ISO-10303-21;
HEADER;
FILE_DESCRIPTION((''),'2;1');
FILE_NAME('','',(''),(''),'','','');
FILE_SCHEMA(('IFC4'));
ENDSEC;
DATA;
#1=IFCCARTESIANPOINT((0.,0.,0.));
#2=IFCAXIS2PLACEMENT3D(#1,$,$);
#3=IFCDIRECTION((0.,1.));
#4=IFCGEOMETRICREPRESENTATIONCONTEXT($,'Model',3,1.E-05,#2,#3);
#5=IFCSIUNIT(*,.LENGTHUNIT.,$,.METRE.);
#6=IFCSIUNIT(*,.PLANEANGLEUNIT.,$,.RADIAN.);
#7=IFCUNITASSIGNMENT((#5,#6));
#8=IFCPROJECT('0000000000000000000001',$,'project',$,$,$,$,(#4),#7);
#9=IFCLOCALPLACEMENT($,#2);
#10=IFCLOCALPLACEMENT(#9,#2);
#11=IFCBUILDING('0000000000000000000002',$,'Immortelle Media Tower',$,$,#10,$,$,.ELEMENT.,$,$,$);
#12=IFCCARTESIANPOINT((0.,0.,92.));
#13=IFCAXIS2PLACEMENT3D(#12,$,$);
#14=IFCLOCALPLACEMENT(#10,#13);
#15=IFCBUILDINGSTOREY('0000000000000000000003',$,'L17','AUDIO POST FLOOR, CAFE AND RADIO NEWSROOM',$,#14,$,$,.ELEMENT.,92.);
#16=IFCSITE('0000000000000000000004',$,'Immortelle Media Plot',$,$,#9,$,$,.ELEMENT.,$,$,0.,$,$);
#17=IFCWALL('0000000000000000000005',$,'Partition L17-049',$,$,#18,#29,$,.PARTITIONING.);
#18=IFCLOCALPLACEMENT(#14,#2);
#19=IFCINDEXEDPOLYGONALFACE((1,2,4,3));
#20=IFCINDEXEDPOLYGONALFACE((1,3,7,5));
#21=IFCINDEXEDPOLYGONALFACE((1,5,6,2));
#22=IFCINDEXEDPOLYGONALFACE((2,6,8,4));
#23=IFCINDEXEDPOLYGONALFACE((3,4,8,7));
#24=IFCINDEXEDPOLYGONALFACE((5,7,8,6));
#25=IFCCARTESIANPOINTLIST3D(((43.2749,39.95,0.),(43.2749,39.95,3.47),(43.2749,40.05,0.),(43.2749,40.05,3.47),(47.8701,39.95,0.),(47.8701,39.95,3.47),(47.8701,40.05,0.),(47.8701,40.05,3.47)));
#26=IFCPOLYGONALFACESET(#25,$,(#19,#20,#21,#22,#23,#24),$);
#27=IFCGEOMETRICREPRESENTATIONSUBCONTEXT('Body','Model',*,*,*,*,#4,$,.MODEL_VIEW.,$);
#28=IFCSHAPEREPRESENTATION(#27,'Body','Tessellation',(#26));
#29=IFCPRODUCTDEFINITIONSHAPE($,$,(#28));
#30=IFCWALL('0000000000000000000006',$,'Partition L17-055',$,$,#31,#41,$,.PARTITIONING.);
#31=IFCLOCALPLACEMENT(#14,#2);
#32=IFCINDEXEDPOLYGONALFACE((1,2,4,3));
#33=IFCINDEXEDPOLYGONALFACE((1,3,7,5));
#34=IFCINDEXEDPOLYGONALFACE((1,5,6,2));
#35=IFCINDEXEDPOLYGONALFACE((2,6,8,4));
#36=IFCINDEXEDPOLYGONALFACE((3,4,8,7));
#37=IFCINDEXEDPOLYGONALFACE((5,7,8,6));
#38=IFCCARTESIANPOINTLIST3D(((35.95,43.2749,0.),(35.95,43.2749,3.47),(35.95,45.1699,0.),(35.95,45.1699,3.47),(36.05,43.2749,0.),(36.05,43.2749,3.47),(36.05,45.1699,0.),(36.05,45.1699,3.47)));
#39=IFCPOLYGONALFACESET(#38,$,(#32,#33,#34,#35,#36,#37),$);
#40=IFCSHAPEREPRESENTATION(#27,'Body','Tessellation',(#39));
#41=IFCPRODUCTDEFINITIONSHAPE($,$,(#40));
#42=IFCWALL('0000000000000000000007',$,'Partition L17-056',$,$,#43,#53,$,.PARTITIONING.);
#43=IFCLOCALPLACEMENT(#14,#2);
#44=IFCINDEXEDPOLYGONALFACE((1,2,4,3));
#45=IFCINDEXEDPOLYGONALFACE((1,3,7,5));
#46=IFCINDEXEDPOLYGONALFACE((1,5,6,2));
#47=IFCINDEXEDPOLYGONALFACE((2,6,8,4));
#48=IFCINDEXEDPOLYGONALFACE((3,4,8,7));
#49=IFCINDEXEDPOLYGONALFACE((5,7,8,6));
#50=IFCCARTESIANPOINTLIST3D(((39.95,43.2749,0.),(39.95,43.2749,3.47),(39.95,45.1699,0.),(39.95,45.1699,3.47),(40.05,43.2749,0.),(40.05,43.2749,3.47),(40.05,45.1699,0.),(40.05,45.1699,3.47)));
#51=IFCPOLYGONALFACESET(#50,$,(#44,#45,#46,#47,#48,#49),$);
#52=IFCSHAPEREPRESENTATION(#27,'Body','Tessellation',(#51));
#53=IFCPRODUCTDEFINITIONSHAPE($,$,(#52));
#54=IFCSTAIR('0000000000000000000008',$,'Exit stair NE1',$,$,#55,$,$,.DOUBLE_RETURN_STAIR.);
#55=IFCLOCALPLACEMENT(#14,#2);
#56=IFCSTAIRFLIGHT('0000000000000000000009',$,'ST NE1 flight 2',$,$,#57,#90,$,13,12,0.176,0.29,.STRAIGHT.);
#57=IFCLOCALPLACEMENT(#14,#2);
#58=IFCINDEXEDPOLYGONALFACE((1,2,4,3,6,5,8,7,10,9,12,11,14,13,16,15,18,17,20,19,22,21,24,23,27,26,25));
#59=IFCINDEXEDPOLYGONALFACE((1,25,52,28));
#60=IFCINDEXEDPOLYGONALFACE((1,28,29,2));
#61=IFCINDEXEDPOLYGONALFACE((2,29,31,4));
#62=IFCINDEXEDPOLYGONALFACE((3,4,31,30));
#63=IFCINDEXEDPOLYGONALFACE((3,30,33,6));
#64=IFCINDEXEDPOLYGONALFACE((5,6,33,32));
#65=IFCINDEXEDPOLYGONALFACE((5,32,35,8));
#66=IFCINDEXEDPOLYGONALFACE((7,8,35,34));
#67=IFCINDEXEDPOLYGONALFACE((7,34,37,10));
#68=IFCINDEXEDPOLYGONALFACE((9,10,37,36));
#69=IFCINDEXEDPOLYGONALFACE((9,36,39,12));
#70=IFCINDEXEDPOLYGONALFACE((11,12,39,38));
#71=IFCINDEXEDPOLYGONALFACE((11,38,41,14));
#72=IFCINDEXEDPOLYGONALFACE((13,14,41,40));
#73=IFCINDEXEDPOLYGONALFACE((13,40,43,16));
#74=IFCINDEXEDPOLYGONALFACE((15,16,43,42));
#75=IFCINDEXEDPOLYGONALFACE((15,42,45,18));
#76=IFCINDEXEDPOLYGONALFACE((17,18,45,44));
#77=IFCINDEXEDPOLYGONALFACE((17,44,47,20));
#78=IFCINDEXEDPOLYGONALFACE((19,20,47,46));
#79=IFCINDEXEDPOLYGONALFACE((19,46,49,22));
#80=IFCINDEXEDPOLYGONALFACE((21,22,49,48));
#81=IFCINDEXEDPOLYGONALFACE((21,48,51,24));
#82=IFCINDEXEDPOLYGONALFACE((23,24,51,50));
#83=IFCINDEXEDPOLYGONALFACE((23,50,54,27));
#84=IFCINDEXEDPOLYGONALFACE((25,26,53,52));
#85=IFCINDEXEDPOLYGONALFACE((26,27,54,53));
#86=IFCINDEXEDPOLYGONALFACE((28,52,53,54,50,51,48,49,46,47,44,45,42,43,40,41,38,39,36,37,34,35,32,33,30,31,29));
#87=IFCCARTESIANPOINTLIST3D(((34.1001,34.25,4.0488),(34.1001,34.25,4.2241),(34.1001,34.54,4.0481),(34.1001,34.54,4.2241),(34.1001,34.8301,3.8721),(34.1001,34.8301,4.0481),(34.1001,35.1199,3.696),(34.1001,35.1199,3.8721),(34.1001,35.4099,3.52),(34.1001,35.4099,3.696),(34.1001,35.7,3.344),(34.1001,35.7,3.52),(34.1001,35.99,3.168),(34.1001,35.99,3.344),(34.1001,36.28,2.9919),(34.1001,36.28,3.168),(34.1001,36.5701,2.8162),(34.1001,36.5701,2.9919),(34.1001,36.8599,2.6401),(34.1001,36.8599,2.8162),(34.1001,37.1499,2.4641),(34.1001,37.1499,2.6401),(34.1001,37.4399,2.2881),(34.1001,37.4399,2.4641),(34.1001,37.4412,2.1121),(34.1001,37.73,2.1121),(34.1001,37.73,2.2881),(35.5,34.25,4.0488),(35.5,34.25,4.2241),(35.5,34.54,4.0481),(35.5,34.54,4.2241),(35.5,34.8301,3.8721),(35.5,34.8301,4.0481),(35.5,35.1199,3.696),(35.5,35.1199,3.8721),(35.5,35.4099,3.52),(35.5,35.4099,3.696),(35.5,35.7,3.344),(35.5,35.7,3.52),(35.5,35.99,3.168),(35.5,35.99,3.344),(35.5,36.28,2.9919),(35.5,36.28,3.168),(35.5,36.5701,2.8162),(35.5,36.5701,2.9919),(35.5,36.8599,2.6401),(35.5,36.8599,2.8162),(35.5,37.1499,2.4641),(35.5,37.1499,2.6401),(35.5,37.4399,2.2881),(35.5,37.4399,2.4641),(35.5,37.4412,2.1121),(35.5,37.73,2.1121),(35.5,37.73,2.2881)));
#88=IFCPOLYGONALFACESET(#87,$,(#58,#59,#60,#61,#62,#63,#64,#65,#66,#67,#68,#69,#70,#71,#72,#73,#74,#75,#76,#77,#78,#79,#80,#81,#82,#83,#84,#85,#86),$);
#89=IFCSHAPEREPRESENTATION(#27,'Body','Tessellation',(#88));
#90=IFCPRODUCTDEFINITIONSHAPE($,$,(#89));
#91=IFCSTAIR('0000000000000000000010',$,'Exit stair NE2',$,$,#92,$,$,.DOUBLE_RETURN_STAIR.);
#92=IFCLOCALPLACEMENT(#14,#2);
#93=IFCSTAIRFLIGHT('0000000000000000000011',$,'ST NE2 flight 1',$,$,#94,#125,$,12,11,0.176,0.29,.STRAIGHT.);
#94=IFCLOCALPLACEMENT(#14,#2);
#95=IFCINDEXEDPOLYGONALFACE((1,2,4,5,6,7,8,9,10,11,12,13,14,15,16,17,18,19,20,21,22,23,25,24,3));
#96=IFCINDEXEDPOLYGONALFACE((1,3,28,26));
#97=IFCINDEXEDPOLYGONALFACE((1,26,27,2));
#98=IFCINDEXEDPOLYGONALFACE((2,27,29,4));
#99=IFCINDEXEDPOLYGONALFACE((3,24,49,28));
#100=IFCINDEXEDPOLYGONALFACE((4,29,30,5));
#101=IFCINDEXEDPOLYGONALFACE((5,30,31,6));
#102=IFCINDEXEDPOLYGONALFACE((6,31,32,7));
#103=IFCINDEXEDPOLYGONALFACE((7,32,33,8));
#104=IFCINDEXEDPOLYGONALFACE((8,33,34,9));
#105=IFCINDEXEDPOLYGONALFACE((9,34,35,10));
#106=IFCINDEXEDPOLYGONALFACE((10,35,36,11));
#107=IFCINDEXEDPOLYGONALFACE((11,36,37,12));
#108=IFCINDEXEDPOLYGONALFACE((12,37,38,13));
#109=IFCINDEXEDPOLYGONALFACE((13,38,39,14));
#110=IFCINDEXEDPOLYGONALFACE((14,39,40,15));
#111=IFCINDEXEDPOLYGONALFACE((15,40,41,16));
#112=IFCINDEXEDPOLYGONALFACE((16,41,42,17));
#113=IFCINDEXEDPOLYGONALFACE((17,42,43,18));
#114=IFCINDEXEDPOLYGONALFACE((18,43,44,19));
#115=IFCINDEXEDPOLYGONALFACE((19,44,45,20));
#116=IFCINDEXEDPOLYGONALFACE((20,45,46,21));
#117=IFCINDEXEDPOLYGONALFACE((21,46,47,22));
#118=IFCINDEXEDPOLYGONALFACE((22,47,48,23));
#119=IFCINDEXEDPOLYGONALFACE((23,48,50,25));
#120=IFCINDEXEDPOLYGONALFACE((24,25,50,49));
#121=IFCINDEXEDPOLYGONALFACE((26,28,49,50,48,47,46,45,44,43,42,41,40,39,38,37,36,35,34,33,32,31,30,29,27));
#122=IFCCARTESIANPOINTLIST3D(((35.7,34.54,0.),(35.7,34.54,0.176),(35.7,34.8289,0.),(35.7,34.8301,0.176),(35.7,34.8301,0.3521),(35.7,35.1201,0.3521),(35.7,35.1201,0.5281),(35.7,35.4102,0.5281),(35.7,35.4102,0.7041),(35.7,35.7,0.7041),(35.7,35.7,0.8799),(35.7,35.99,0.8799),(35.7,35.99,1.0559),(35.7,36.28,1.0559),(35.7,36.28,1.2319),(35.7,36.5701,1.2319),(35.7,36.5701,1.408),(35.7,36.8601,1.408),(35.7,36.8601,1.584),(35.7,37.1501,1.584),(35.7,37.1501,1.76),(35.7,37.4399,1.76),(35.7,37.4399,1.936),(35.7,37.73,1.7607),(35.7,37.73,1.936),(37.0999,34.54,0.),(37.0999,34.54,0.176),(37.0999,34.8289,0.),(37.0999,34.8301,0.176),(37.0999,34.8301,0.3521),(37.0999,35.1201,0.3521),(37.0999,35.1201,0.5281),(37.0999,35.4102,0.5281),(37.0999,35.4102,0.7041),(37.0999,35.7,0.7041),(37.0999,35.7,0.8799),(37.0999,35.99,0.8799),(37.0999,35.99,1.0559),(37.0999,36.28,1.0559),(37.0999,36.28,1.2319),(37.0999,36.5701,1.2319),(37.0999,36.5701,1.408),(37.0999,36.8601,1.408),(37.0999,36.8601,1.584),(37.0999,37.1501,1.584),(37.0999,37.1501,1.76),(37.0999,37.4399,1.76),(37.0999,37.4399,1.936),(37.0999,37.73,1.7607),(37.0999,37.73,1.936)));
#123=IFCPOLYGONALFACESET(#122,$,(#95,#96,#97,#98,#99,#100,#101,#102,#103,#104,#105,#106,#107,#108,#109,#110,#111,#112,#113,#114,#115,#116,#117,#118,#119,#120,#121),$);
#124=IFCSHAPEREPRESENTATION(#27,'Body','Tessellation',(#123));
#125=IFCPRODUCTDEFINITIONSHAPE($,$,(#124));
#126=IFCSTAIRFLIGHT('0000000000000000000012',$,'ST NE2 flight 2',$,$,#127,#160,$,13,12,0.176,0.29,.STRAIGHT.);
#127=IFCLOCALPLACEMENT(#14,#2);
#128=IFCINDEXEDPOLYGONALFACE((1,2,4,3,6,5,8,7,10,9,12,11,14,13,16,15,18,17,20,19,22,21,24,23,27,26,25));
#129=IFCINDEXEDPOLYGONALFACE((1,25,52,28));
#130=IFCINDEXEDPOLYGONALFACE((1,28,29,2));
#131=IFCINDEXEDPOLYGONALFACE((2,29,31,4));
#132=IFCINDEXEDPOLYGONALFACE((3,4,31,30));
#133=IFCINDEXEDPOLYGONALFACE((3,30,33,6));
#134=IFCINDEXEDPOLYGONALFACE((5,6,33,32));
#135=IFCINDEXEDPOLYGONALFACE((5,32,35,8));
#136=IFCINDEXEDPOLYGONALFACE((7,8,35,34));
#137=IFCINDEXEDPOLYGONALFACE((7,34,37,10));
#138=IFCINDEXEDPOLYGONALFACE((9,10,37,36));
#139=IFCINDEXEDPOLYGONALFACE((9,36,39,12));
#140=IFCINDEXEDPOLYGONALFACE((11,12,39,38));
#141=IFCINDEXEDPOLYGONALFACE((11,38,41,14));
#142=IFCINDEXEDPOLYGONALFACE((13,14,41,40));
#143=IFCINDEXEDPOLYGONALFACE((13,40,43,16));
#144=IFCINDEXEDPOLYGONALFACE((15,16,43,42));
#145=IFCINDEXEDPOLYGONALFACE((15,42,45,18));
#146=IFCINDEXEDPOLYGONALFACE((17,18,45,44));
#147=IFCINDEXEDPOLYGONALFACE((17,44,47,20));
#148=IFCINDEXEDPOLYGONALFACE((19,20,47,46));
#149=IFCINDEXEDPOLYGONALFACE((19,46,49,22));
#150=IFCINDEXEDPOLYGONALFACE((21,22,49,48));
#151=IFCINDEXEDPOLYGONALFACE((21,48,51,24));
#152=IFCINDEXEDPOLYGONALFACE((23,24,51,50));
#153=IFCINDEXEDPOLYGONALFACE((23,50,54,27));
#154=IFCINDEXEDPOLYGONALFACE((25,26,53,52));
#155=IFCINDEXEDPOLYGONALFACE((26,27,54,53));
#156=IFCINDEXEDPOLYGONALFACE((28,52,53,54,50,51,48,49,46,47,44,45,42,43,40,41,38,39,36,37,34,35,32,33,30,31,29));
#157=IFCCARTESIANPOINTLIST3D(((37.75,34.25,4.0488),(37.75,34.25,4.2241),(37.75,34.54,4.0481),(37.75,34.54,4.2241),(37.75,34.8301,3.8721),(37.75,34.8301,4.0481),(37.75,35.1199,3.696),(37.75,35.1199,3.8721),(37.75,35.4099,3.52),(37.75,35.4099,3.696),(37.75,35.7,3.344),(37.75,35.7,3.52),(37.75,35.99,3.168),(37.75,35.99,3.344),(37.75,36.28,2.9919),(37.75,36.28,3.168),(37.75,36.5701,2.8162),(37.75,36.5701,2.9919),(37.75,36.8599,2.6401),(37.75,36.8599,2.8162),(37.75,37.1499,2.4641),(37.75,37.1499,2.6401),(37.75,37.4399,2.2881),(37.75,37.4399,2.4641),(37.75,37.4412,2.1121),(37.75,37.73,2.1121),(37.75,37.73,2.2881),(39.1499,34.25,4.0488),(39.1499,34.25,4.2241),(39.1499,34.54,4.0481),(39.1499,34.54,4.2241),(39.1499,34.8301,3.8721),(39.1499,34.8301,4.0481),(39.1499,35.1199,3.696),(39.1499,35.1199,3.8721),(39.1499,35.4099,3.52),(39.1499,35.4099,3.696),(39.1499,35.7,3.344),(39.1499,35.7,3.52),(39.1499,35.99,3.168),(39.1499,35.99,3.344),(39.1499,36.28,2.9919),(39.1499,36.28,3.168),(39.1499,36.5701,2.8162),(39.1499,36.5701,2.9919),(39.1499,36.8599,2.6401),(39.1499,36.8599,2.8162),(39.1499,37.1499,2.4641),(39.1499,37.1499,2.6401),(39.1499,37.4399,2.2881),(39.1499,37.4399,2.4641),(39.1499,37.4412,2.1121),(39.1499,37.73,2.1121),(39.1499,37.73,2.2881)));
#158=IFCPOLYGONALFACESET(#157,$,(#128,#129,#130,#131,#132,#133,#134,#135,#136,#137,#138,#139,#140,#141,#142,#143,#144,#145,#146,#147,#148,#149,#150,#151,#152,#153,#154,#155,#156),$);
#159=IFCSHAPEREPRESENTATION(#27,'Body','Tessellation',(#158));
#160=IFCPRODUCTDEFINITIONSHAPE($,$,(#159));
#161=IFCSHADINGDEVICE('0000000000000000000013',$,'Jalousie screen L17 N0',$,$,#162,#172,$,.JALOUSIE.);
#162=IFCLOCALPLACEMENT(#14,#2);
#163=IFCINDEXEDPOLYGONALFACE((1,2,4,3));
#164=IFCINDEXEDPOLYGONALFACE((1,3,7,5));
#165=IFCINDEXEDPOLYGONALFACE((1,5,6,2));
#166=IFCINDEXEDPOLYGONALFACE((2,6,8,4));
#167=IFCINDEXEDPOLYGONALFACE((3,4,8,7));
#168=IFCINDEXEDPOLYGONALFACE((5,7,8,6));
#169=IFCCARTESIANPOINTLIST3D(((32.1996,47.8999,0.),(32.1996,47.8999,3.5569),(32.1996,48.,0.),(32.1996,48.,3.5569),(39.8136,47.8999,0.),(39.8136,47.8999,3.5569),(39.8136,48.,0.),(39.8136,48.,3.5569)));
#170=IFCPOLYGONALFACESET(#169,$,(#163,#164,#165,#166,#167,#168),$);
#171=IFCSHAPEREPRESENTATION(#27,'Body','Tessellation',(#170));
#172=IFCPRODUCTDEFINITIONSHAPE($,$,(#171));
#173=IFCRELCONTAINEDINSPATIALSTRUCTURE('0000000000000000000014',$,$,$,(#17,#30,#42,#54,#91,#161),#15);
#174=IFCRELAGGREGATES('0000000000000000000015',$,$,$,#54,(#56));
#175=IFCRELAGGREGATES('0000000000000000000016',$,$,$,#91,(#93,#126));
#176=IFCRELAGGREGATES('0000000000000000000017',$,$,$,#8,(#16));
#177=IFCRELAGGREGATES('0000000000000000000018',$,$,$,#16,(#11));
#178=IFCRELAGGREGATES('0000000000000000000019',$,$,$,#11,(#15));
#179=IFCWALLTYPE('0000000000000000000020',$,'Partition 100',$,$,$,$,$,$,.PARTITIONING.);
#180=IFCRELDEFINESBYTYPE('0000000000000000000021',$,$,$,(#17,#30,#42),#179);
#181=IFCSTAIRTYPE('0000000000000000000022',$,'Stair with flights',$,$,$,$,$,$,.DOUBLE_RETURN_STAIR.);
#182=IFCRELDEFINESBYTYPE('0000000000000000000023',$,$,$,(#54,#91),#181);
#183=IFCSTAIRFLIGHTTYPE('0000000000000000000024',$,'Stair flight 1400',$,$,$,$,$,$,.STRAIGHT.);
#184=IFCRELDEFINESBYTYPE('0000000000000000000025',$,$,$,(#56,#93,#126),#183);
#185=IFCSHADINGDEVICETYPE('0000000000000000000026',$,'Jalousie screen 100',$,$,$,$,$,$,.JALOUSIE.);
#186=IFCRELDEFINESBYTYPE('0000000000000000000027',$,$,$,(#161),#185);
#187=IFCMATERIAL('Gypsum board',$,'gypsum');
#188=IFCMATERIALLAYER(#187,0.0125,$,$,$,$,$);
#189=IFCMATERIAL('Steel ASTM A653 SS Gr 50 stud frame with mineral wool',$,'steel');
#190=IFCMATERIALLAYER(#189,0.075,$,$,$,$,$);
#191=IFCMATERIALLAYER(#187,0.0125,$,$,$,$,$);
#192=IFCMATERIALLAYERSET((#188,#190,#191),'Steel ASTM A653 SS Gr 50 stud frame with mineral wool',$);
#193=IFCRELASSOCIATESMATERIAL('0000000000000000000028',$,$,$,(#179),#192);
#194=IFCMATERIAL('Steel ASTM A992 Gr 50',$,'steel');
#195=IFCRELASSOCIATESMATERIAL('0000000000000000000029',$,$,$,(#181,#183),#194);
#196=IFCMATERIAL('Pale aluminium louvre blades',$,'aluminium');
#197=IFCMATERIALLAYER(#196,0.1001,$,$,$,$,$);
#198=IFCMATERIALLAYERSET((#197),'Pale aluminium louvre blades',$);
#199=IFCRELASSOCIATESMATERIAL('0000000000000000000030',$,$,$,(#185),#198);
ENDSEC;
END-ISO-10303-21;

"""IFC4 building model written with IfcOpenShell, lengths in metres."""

from ifc_helpers import new_model, si_unit, direction, frame, frame_2d, origin, origin_2d, place, context, subcontext, project, spatial, polyline, rectangle, outline, extrude, material, layer, layer_set, type_object, element, aggregate, save


model = new_model("IFC4")

# Units and contexts
model_context = context("Model", 3, precision=1e-05, world=origin(), true_north=direction((0.0, 1.0)))
body_context = subcontext(model_context, "Body", "Model", "MODEL_VIEW")
ifc_project = project(units=[si_unit("LENGTHUNIT", "METRE"), si_unit("PLANEANGLEUNIT", "RADIAN")], contexts=[model_context])

# Site, building, storey
site_placement = place(None, origin())
site = spatial("IfcSite", under=ifc_project, at=site_placement, Name="Immortelle Media Plot", CompositionType="ELEMENT", RefElevation=0.0)
building_placement = place(site_placement, origin())
building = spatial("IfcBuilding", under=site, at=building_placement, Name="Immortelle Media Tower", CompositionType="ELEMENT")
storey_placement = place(building_placement, frame((0.0, 0.0, 92.0)))
storey = spatial("IfcBuildingStorey", under=building, at=storey_placement, Name="L17", Description="AUDIO POST FLOOR, CAFE AND RADIO NEWSROOM", CompositionType="ELEMENT", Elevation=92.0)

# Shared definitions
ifc_material_1 = material(Name="Steel ASTM A992 Gr 50", Category="steel")

# Shared definitions
ifc_material_2 = material(Name="Steel ASTM A653 SS Gr 50 stud frame with mineral wool", Category="steel")

# Walls
ifc_material_3 = material(Name="Gypsum board", Category="gypsum")
ifc_layer_1 = layer(ifc_material_3, 0.0125)
ifc_layer_2 = layer(ifc_material_2, 0.075)
ifc_layer_3 = layer(ifc_material_3, 0.0125)
ifc_layer_set_1 = layer_set([ifc_layer_1, ifc_layer_2, ifc_layer_3], Name="Steel ASTM A653 SS Gr 50 stud frame with mineral wool")
wall_type_1 = type_object("IfcWallType", Name="Partition 100", PredefinedType="PARTITIONING", material=ifc_layer_set_1)
for number, where, z_axis, x_axis, name in (
    (1, (43.2749, 40.0, 0.0), (0.0, 0.0, 1.0), (1.0, 0.0, 0.0), "Partition L17-049"),
):
    element("IfcWall", number, at=place(storey_placement, frame(where, z_axis=z_axis, x_axis=x_axis)), inside=storey, type_object=wall_type_1, Name=name, PredefinedType="PARTITIONING", context=body_context, shape_type="SweptSolid", body=[
        extrude(rectangle(XDim=4.5952, YDim=0.1001, at=frame_2d((2.2976, 0.0))), origin(), (0.0, 0.0, 1.0), 3.47),
    ])
for number, where, z_axis, x_axis, name in (
    (2, (36.0, 43.2749, 0.0), (0.0, 0.0, 1.0), (0.0, 1.0, 0.0), "Partition L17-055"),
    (3, (40.0, 43.2749, 0.0), (0.0, 0.0, 1.0), (0.0, 1.0, 0.0), "Partition L17-056"),
):
    element("IfcWall", number, at=place(storey_placement, frame(where, z_axis=z_axis, x_axis=x_axis)), inside=storey, type_object=wall_type_1, Name=name, PredefinedType="PARTITIONING", context=body_context, shape_type="SweptSolid", body=[
        extrude(rectangle(XDim=1.895, YDim=0.1001, at=frame_2d((0.9475, 0.0))), origin(), (0.0, 0.0, 1.0), 3.47),
    ])

# Stair, stair flight
stair_type = type_object("IfcStairType", Name="Stair with flights", PredefinedType="DOUBLE_RETURN_STAIR", material=ifc_material_1)
stair_1_placement = place(storey_placement, origin())
stair_1 = element("IfcStair", 4, at=stair_1_placement, inside=storey, type_object=stair_type, Name="Exit stair NE1", PredefinedType="DOUBLE_RETURN_STAIR")
stair_flight_type = type_object("IfcStairFlightType", Name="Stair flight 1400", PredefinedType="STRAIGHT", material=ifc_material_1)
stair_flight_1_placement = place(storey_placement, frame((34.8, 37.73, 2.1121), z_axis=(0.0, 0.0, 1.0), x_axis=(0.0, -1.0, 0.0)))
stair_flight_1 = element("IfcStairFlight", 5, at=stair_flight_1_placement, type_object=stair_flight_type, Name="ST NE1 flight 2", NumberOfRisers=13, NumberOfTreads=12, PredefinedType="STRAIGHT", RiserHeight=0.176, TreadLength=0.29, context=body_context, shape_type="SweptSolid", body=[
    extrude(outline(polyline([(0.0, 0.0), (0.0, 0.176), (0.29, 0.176), (0.29, 0.3521), (0.5801, 0.3521), (0.5801, 0.5281), (0.8701, 0.5281), (0.8701, 0.7041), (1.1599, 0.7041), (1.1599, 0.8799), (1.45, 0.8799), (1.45, 1.0559), (1.74, 1.0559), (1.74, 1.2319), (2.03, 1.2319), (2.03, 1.408), (2.3201, 1.408), (2.3201, 1.584), (2.6101, 1.584), (2.6101, 1.76), (2.8999, 1.76), (2.8999, 1.936), (3.1899, 1.936), (3.1899, 2.1121), (3.48, 2.1121), (3.48, 2.2881), (3.48, 1.9368), (0.2888, 0.0), (0.0, 0.0)])), frame((0.0, 0.7, 0.0), z_axis=(0.0, -1.0, 0.0), x_axis=(1.0, 0.0, 0.0)), (0.0, 0.0, 1.0), 1.3999),
])
aggregate(stair_1, [stair_flight_1])

# Stair, stair flights
stair_2_placement = place(storey_placement, origin())
stair_2 = element("IfcStair", 6, at=stair_2_placement, inside=storey, type_object=stair_type, Name="Exit stair NE2", PredefinedType="DOUBLE_RETURN_STAIR")
stair_flight_2_placement = place(storey_placement, frame((36.3999, 34.54, 0.0), z_axis=(0.0, 0.0, 1.0), x_axis=(0.0, 1.0, 0.0)))
stair_flight_2 = element("IfcStairFlight", 7, at=stair_flight_2_placement, type_object=stair_flight_type, Name="ST NE2 flight 1", NumberOfRisers=12, NumberOfTreads=11, PredefinedType="STRAIGHT", RiserHeight=0.176, TreadLength=0.29, context=body_context, shape_type="SweptSolid", body=[
    extrude(outline(polyline([(0.0, 0.0), (0.0, 0.176), (0.29, 0.176), (0.29, 0.3521), (0.5801, 0.3521), (0.5801, 0.5281), (0.8701, 0.5281), (0.8701, 0.7041), (1.1599, 0.7041), (1.1599, 0.8799), (1.45, 0.8799), (1.45, 1.0559), (1.74, 1.0559), (1.74, 1.2319), (2.03, 1.2319), (2.03, 1.408), (2.3201, 1.408), (2.3201, 1.584), (2.6101, 1.584), (2.6101, 1.76), (2.8999, 1.76), (2.8999, 1.936), (3.1899, 1.936), (3.1899, 2.1121), (3.1899, 1.7607), (0.2888, 0.0), (0.0, 0.0)])), frame((0.0, 0.7, 0.0), z_axis=(0.0, -1.0, 0.0), x_axis=(1.0, 0.0, 0.0)), (0.0, 0.0, 1.0), 1.3999),
])
stair_flight_3_placement = place(storey_placement, frame((38.45, 37.73, 2.1121), z_axis=(0.0, 0.0, 1.0), x_axis=(0.0, -1.0, 0.0)))
stair_flight_3 = element("IfcStairFlight", 8, at=stair_flight_3_placement, type_object=stair_flight_type, Name="ST NE2 flight 2", NumberOfRisers=13, NumberOfTreads=12, PredefinedType="STRAIGHT", RiserHeight=0.176, TreadLength=0.29, context=body_context, shape_type="SweptSolid", body=[
    extrude(outline(polyline([(0.0, 0.0), (0.0, 0.176), (0.29, 0.176), (0.29, 0.3521), (0.5801, 0.3521), (0.5801, 0.5281), (0.8701, 0.5281), (0.8701, 0.7041), (1.1599, 0.7041), (1.1599, 0.8799), (1.45, 0.8799), (1.45, 1.0559), (1.74, 1.0559), (1.74, 1.2319), (2.03, 1.2319), (2.03, 1.408), (2.3201, 1.408), (2.3201, 1.584), (2.6101, 1.584), (2.6101, 1.76), (2.8999, 1.76), (2.8999, 1.936), (3.1899, 1.936), (3.1899, 2.1121), (3.48, 2.1121), (3.48, 2.2881), (3.48, 1.9368), (0.2888, 0.0), (0.0, 0.0)])), frame((0.0, 0.7, 0.0), z_axis=(0.0, -1.0, 0.0), x_axis=(1.0, 0.0, 0.0)), (0.0, 0.0, 1.0), 1.3999),
])
aggregate(stair_2, [stair_flight_2, stair_flight_3])

# Shading device
ifc_material_4 = material(Name="Pale aluminium louvre blades", Category="aluminium")
ifc_layer_4 = layer(ifc_material_4, 0.1001)
ifc_layer_set_2 = layer_set([ifc_layer_4], Name="Pale aluminium louvre blades")
shading_device_type = type_object("IfcShadingDeviceType", Name="Jalousie screen 100", PredefinedType="JALOUSIE", material=ifc_layer_set_2)
shading_device_placement = place(storey_placement, frame((36.0066, 47.95, 0.0), z_axis=(0.0, 0.0, 1.0), x_axis=(-1.0, 0.0, 0.0)))
element("IfcShadingDevice", 9, at=shading_device_placement, inside=storey, type_object=shading_device_type, Name="Jalousie screen L17 N0", PredefinedType="JALOUSIE", context=body_context, shape_type="SweptSolid", body=[
    extrude(rectangle(XDim=7.614, YDim=0.1001, at=origin_2d()), origin(), (0.0, 0.0, 1.0), 3.5569),
])

save(model, "model.ifc")
